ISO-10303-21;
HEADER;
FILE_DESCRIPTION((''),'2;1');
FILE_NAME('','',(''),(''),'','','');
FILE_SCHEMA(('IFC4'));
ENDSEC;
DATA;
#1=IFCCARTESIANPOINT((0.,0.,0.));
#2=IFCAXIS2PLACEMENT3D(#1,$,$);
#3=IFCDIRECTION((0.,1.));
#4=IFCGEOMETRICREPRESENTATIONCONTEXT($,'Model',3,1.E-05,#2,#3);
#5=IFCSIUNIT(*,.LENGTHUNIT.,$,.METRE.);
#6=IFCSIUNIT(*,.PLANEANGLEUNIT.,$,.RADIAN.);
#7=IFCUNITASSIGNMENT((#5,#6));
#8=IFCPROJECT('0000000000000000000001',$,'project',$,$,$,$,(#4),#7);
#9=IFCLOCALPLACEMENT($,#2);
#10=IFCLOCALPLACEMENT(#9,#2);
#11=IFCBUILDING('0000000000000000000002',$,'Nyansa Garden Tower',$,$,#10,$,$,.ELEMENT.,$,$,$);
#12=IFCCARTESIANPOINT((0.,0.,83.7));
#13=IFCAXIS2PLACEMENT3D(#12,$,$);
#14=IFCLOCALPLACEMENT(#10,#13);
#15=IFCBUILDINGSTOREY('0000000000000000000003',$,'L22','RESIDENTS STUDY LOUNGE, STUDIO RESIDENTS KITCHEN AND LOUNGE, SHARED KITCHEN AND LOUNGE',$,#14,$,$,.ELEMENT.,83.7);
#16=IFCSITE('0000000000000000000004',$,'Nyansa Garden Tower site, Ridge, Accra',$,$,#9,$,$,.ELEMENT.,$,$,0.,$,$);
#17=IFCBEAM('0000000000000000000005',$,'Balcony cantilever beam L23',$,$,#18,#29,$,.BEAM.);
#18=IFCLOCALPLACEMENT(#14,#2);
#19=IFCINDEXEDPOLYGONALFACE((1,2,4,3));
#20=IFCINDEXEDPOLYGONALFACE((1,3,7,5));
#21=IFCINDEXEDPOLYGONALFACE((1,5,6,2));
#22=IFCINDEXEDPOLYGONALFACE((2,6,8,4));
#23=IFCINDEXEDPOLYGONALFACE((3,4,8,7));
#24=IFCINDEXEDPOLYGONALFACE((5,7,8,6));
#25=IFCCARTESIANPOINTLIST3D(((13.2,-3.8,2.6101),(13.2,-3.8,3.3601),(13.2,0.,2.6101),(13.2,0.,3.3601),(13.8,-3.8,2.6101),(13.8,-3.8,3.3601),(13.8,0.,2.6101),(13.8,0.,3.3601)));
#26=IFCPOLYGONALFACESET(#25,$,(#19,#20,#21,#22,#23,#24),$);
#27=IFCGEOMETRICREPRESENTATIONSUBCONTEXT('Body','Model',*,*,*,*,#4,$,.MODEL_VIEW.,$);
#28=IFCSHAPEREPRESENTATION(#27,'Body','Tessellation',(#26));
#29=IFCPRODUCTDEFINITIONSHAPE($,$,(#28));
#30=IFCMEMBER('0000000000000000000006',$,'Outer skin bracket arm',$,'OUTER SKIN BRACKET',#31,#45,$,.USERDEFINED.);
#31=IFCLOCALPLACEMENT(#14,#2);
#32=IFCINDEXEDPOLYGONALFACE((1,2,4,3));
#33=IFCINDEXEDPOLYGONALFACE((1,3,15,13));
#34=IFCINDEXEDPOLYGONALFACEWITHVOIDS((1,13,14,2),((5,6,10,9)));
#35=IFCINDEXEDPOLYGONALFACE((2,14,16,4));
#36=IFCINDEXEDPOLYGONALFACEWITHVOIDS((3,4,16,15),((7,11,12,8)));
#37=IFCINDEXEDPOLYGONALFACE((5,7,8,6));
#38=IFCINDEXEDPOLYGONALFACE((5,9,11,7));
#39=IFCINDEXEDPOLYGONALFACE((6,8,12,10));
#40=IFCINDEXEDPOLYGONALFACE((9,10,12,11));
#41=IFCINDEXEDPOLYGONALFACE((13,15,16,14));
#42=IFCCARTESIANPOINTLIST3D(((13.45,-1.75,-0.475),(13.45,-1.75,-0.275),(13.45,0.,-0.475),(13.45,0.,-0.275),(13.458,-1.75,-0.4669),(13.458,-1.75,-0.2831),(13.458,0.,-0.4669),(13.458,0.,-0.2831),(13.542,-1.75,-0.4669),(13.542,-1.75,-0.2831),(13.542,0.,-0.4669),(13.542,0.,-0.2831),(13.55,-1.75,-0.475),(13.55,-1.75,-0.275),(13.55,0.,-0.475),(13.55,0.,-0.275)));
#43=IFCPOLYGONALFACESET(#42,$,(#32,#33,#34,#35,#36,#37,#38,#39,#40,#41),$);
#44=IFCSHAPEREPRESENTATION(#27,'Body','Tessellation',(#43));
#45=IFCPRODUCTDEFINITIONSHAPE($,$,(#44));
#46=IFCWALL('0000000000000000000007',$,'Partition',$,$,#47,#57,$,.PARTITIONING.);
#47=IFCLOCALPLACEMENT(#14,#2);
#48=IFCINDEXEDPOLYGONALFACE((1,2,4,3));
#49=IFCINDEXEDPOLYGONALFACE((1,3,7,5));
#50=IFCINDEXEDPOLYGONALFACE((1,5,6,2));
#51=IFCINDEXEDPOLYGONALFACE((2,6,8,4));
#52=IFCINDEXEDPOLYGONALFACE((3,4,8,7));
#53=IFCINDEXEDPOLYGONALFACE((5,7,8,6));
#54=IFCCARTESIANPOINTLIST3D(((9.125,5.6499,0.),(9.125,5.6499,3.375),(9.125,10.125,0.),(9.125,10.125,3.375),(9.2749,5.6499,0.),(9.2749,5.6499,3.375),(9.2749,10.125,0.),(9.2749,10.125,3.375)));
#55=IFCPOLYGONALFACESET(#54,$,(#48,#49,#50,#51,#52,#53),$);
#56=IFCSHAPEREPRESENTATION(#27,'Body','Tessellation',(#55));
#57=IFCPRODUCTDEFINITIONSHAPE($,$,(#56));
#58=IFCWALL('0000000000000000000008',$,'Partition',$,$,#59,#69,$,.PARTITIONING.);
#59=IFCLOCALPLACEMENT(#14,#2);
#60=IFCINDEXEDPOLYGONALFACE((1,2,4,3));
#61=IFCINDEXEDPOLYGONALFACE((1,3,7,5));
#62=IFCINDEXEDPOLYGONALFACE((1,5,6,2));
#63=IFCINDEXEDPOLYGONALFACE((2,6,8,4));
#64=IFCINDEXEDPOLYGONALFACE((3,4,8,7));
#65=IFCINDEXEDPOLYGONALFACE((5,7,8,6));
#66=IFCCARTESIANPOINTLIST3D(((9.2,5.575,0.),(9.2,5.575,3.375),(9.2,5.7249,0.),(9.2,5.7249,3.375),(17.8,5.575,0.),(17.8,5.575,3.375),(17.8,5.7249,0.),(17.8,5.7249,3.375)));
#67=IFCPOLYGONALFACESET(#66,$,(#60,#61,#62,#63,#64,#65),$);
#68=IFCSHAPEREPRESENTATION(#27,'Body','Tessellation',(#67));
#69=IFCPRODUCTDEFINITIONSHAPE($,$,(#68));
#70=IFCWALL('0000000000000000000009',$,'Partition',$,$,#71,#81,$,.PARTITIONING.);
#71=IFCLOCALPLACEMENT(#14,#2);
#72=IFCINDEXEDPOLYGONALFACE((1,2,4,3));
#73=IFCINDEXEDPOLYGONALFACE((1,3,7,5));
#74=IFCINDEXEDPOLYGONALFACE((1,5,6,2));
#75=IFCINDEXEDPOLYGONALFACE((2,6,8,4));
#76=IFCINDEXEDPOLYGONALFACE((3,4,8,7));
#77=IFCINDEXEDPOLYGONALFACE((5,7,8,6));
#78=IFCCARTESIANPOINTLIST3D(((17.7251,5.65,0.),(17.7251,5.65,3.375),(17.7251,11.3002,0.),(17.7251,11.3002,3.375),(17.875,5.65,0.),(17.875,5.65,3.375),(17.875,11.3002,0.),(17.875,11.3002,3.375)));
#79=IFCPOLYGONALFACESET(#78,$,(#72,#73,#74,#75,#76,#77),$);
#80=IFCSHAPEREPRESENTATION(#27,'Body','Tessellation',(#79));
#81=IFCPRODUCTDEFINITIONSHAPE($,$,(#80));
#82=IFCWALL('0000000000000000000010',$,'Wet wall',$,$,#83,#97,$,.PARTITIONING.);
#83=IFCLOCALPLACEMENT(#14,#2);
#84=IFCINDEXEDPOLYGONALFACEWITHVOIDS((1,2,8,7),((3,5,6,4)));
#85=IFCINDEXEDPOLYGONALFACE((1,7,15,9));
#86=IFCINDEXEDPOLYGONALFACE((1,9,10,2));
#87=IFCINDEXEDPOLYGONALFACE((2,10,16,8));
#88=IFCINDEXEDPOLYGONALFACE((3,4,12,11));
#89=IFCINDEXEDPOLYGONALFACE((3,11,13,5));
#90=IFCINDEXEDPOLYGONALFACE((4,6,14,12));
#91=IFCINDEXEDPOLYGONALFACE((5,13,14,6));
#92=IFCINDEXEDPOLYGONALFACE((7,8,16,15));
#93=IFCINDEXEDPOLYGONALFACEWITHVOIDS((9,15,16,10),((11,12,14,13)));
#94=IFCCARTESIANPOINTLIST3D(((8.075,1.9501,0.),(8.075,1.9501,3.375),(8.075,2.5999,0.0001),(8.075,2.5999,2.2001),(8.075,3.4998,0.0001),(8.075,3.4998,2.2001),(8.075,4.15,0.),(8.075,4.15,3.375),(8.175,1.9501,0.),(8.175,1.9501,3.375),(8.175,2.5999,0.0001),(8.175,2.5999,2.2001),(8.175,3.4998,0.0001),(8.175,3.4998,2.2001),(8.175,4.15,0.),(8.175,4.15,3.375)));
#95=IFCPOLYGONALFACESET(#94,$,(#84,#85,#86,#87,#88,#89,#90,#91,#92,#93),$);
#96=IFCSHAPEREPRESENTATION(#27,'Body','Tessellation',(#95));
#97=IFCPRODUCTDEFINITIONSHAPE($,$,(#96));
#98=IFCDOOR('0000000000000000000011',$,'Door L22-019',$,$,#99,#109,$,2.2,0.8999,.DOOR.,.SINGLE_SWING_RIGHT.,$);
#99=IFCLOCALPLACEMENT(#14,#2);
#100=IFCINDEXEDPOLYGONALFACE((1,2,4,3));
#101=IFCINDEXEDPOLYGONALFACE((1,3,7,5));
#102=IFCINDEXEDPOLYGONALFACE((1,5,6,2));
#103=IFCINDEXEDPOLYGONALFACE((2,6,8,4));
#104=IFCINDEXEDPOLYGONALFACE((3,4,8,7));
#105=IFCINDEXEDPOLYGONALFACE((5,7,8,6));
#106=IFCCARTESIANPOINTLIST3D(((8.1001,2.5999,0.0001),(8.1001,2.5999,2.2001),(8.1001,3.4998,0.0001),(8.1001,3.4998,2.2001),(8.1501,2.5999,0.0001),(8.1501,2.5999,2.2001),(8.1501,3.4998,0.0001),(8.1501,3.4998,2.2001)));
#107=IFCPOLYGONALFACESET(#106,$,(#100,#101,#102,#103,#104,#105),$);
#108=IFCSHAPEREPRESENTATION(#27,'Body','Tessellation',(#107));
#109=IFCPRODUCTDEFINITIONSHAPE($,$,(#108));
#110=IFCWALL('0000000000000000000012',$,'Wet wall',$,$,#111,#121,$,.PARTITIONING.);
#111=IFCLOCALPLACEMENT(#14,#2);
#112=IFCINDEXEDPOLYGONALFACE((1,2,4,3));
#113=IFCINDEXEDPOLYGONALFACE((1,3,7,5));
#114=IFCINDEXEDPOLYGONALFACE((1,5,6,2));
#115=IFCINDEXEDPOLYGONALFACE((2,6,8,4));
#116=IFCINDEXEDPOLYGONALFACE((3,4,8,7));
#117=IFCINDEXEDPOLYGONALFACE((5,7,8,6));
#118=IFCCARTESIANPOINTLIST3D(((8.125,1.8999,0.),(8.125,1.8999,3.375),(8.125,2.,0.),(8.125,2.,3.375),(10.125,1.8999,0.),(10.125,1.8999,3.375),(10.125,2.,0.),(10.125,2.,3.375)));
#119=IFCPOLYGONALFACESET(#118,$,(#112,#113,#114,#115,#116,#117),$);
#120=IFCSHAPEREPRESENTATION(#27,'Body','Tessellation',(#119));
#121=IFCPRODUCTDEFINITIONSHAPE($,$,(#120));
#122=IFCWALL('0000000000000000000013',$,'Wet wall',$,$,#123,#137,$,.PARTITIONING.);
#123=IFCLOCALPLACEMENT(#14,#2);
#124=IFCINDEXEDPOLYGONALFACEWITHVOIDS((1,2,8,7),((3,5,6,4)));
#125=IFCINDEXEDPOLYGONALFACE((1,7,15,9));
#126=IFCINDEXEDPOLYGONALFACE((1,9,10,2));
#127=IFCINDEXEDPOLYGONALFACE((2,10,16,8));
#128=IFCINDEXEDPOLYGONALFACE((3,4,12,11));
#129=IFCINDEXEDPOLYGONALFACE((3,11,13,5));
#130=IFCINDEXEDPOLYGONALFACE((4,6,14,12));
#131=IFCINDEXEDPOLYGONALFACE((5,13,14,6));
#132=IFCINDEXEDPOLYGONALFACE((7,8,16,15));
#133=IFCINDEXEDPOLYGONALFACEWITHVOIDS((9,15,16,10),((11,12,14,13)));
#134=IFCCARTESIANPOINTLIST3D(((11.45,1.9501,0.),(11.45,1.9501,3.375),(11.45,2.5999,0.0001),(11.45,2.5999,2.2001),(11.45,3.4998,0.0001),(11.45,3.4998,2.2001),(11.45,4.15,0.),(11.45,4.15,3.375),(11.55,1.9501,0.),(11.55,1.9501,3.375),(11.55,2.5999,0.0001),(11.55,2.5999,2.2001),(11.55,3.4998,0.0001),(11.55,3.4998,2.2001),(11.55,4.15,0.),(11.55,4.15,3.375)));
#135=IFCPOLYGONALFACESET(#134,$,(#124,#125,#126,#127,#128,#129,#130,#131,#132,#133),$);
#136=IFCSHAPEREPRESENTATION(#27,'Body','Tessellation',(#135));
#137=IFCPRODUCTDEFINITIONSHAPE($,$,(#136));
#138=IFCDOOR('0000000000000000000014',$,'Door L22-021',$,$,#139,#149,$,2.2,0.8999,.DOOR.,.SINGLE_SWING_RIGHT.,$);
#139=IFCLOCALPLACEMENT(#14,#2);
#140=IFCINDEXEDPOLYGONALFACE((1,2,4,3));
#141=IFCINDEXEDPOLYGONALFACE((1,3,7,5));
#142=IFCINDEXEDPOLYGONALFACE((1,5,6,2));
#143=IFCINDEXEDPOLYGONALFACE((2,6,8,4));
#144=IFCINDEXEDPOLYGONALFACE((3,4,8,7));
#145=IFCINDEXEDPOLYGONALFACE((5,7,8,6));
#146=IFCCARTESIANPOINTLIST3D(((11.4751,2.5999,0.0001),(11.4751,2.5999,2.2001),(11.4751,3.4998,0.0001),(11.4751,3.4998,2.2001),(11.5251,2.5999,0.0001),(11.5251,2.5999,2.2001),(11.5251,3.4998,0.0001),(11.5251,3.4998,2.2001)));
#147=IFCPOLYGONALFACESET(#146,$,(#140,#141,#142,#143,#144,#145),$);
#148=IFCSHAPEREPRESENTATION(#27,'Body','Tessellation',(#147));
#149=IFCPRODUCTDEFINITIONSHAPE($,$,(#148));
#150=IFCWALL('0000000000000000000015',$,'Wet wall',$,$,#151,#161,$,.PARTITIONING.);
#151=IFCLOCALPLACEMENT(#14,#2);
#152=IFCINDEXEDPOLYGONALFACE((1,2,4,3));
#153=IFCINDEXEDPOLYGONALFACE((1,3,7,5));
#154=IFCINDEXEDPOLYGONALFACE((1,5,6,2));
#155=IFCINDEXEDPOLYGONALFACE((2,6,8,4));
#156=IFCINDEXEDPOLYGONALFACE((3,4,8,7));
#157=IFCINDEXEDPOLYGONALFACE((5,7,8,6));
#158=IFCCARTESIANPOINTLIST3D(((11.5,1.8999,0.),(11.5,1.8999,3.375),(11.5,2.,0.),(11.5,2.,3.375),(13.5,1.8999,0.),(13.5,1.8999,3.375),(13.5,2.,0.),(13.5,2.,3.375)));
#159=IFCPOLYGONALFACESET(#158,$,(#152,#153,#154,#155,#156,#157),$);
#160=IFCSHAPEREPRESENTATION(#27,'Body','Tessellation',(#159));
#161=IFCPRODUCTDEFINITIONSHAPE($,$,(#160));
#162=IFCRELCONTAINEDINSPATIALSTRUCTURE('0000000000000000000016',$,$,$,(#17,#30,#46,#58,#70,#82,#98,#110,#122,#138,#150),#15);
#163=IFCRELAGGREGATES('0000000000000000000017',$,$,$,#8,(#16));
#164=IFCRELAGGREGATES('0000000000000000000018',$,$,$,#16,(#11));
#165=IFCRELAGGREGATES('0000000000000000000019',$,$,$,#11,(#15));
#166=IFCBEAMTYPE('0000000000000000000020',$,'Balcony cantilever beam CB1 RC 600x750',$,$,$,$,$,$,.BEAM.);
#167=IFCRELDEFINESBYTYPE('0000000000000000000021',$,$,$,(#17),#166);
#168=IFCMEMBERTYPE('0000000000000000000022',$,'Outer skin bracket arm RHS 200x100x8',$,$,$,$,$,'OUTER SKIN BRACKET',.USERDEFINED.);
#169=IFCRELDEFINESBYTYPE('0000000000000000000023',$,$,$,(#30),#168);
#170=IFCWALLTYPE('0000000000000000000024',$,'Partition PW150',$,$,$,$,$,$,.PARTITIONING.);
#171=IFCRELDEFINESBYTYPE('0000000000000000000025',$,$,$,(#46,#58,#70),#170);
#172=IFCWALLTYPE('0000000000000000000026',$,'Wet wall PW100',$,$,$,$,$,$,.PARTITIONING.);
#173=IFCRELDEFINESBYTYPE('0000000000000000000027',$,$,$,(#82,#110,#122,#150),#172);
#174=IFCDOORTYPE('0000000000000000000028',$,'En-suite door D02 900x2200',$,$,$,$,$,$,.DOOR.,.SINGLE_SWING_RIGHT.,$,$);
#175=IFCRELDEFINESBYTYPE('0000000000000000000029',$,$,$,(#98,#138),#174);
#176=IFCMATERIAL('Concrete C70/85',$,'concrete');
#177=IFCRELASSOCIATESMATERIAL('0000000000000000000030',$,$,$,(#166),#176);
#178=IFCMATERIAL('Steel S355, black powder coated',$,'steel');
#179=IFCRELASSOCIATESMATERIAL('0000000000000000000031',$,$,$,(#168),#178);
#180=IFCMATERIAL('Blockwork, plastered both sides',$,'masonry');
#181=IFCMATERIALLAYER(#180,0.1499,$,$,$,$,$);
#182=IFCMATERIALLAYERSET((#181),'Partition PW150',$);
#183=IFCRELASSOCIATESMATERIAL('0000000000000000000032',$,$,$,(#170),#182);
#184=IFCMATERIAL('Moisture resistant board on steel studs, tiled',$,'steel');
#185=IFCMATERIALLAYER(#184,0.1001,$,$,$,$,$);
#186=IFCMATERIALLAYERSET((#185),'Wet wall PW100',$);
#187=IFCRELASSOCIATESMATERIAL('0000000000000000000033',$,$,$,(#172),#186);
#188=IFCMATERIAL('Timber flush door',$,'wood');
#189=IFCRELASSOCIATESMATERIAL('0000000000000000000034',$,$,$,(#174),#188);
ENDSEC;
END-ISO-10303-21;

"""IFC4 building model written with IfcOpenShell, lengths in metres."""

from ifc_helpers import new_model, si_unit, direction, frame, frame_2d, origin, origin_2d, place, context, subcontext, project, spatial, rectangle, hollow_rectangle, extrude, material, layer, layer_set, material_profile, profile_set, type_object, element, fill, save


model = new_model("IFC4")

# Units and contexts
model_context = context("Model", 3, precision=1e-05, world=origin(), true_north=direction((0.0, 1.0)))
body_context = subcontext(model_context, "Body", "Model", "MODEL_VIEW")
ifc_project = project(units=[si_unit("LENGTHUNIT", "METRE"), si_unit("PLANEANGLEUNIT", "RADIAN")], contexts=[model_context])

# Site, building, storey
site_placement = place(None, origin())
site = spatial("IfcSite", under=ifc_project, at=site_placement, Name="Nyansa Garden Tower site, Ridge, Accra", CompositionType="ELEMENT", RefElevation=0.0)
building_placement = place(site_placement, origin())
building = spatial("IfcBuilding", under=site, at=building_placement, Name="Nyansa Garden Tower", CompositionType="ELEMENT")
storey_placement = place(building_placement, frame((0.0, 0.0, 83.7)))
storey = spatial("IfcBuildingStorey", under=building, at=storey_placement, Name="L22", Description="RESIDENTS STUDY LOUNGE, STUDIO RESIDENTS KITCHEN AND LOUNGE, SHARED KITCHEN AND LOUNGE", CompositionType="ELEMENT", Elevation=83.7)

# Beam
ifc_material_1 = material(Name="Concrete C70/85", Category="concrete")
ifc_material_profile_1 = material_profile(ifc_material_1, rectangle(XDim=0.6001, YDim=0.75, at=origin_2d()), Name="RC 600x750")
ifc_profile_set_1 = profile_set([ifc_material_profile_1], Name="Concrete C70/85")
beam_type = type_object("IfcBeamType", Name="Balcony cantilever beam CB1 RC 600x750", PredefinedType="BEAM", material=ifc_profile_set_1)
beam_placement = place(storey_placement, frame((13.5, 0.0, 2.9851), z_axis=(0.0, -1.0, 0.0), x_axis=(1.0, 0.0, 0.0)))
element("IfcBeam", 1, at=beam_placement, inside=storey, type_object=beam_type, Name="Balcony cantilever beam L23", PredefinedType="BEAM", context=body_context, shape_type="SweptSolid", body=[
    extrude(rectangle(XDim=0.6001, YDim=0.75, at=origin_2d()), origin(), (0.0, 0.0, 1.0), 3.8),
])

# Member
ifc_material_2 = material(Name="Steel S355, black powder coated", Category="steel")
ifc_material_profile_2 = material_profile(ifc_material_2, hollow_rectangle(XDim=0.1001, YDim=0.2, WallThickness=0.0081, at=origin_2d()), Name="RHS 200x100x8")
ifc_profile_set_2 = profile_set([ifc_material_profile_2], Name="Steel S355, black powder coated")
member_type = type_object("IfcMemberType", Name="Outer skin bracket arm RHS 200x100x8", ElementType="OUTER SKIN BRACKET", PredefinedType="USERDEFINED", material=ifc_profile_set_2)
member_placement = place(storey_placement, frame((13.5, 0.0, -0.375), z_axis=(0.0, -1.0, 0.0), x_axis=(1.0, 0.0, 0.0)))
element("IfcMember", 2, at=member_placement, inside=storey, type_object=member_type, Name="Outer skin bracket arm", ObjectType="OUTER SKIN BRACKET", PredefinedType="USERDEFINED", context=body_context, shape_type="SweptSolid", body=[
    extrude(hollow_rectangle(XDim=0.1001, YDim=0.2, WallThickness=0.0081, at=origin_2d()), origin(), (0.0, 0.0, 1.0), 1.75),
])

# Walls
ifc_material_3 = material(Name="Blockwork, plastered both sides", Category="masonry")
ifc_layer_1 = layer(ifc_material_3, 0.1499)
ifc_layer_set_1 = layer_set([ifc_layer_1], Name="Partition PW150")
wall_type_1 = type_object("IfcWallType", Name="Partition PW150", PredefinedType="PARTITIONING", material=ifc_layer_set_1)
wall_1_placement = place(storey_placement, frame((9.2, 5.6499, 0.0), z_axis=(0.0, 0.0, 1.0), x_axis=(0.0, 1.0, 0.0)))
element("IfcWall", 3, at=wall_1_placement, inside=storey, type_object=wall_type_1, Name="Partition", PredefinedType="PARTITIONING", context=body_context, shape_type="SweptSolid", body=[
    extrude(rectangle(XDim=4.4751, YDim=0.1499, at=frame_2d((2.2375, 0.0))), origin(), (0.0, 0.0, 1.0), 3.375),
])
wall_2_placement = place(storey_placement, frame((9.2, 5.6499, 0.0), z_axis=(0.0, 0.0, 1.0), x_axis=(1.0, 0.0, 0.0)))
element("IfcWall", 4, at=wall_2_placement, inside=storey, type_object=wall_type_1, Name="Partition", PredefinedType="PARTITIONING", context=body_context, shape_type="SweptSolid", body=[
    extrude(rectangle(XDim=8.6001, YDim=0.1499, at=frame_2d((4.3, 0.0))), origin(), (0.0, 0.0, 1.0), 3.375),
])
wall_3_placement = place(storey_placement, frame((17.8, 5.6499, 0.0), z_axis=(0.0, 0.0, 1.0), x_axis=(0.0, 1.0, 0.0)))
element("IfcWall", 5, at=wall_3_placement, inside=storey, type_object=wall_type_1, Name="Partition", PredefinedType="PARTITIONING", context=body_context, shape_type="SweptSolid", body=[
    extrude(rectangle(XDim=5.6501, YDim=0.1499, at=frame_2d((2.8252, 0.0))), origin(), (0.0, 0.0, 1.0), 3.375),
])

# Wall, opening, door
ifc_material_4 = material(Name="Moisture resistant board on steel studs, tiled", Category="steel")
ifc_layer_2 = layer(ifc_material_4, 0.1001)
ifc_layer_set_2 = layer_set([ifc_layer_2], Name="Wet wall PW100")
wall_type_2 = type_object("IfcWallType", Name="Wet wall PW100", PredefinedType="PARTITIONING", material=ifc_layer_set_2)
wall_4_placement = place(storey_placement, frame((8.125, 1.95, 0.0), z_axis=(0.0, 0.0, 1.0), x_axis=(0.0, 1.0, 0.0)))
wall_4 = element("IfcWall", 6, at=wall_4_placement, inside=storey, type_object=wall_type_2, Name="Wet wall", PredefinedType="PARTITIONING", context=body_context, shape_type="SweptSolid", body=[
    extrude(rectangle(XDim=2.2, YDim=0.1001, at=frame_2d((1.1001, 0.0))), origin(), (0.0, 0.0, 1.0), 3.375),
])
opening_1_placement = place(wall_4_placement, frame((0.6499, 0.0, 0.0)))
opening_1 = element("IfcOpeningElement", 7, at=opening_1_placement, cuts=wall_4, PredefinedType="OPENING", context=body_context, shape_type="SweptSolid", body=[
    extrude(rectangle(XDim=0.8999, YDim=2.2, at=frame_2d((0.45, 1.1001))), frame((0.0, 0.0601, 0.0), z_axis=(0.0, -1.0, 0.0), x_axis=(1.0, 0.0, 0.0)), (0.0, 0.0, 1.0), 0.1201),
])
ifc_material_5 = material(Name="Timber flush door", Category="wood")
door_type = type_object("IfcDoorType", Name="En-suite door D02 900x2200", OperationType="SINGLE_SWING_RIGHT", PredefinedType="DOOR", material=ifc_material_5)
door_1_placement = place(opening_1_placement, origin())
door_1 = element("IfcDoor", 8, at=door_1_placement, inside=storey, type_object=door_type, Name="Door L22-019", OperationType="SINGLE_SWING_RIGHT", OverallHeight=2.2, OverallWidth=0.8999, PredefinedType="DOOR", context=body_context, shape_type="SweptSolid", body=[
    extrude(rectangle(XDim=0.8999, YDim=2.2, at=frame_2d((0.45, 1.1001))), frame((0.0, 0.0249, 0.0), z_axis=(0.0, -1.0, 0.0), x_axis=(1.0, 0.0, 0.0)), (0.0, 0.0, 1.0), 0.05),
])
fill(opening_1, door_1)

# Wall
wall_5_placement = place(storey_placement, frame((8.125, 1.95, 0.0), z_axis=(0.0, 0.0, 1.0), x_axis=(1.0, 0.0, 0.0)))
element("IfcWall", 9, at=wall_5_placement, inside=storey, type_object=wall_type_2, Name="Wet wall", PredefinedType="PARTITIONING", context=body_context, shape_type="SweptSolid", body=[
    extrude(rectangle(XDim=2.0, YDim=0.1001, at=frame_2d((1.0, 0.0))), origin(), (0.0, 0.0, 1.0), 3.375),
])

# Wall, opening, door
wall_6_placement = place(storey_placement, frame((11.5, 1.95, 0.0), z_axis=(0.0, 0.0, 1.0), x_axis=(0.0, 1.0, 0.0)))
wall_6 = element("IfcWall", 10, at=wall_6_placement, inside=storey, type_object=wall_type_2, Name="Wet wall", PredefinedType="PARTITIONING", context=body_context, shape_type="SweptSolid", body=[
    extrude(rectangle(XDim=2.2, YDim=0.1001, at=frame_2d((1.1001, 0.0))), origin(), (0.0, 0.0, 1.0), 3.375),
])
opening_2_placement = place(wall_6_placement, frame((0.6499, 0.0, 0.0)))
opening_2 = element("IfcOpeningElement", 11, at=opening_2_placement, cuts=wall_6, PredefinedType="OPENING", context=body_context, shape_type="SweptSolid", body=[
    extrude(rectangle(XDim=0.8999, YDim=2.2, at=frame_2d((0.45, 1.1001))), frame((0.0, 0.0601, 0.0), z_axis=(0.0, -1.0, 0.0), x_axis=(1.0, 0.0, 0.0)), (0.0, 0.0, 1.0), 0.1201),
])
door_2_placement = place(opening_2_placement, origin())
door_2 = element("IfcDoor", 12, at=door_2_placement, inside=storey, type_object=door_type, Name="Door L22-021", OperationType="SINGLE_SWING_RIGHT", OverallHeight=2.2, OverallWidth=0.8999, PredefinedType="DOOR", context=body_context, shape_type="SweptSolid", body=[
    extrude(rectangle(XDim=0.8999, YDim=2.2, at=frame_2d((0.45, 1.1001))), frame((0.0, 0.0249, 0.0), z_axis=(0.0, -1.0, 0.0), x_axis=(1.0, 0.0, 0.0)), (0.0, 0.0, 1.0), 0.05),
])
fill(opening_2, door_2)

# Wall
wall_7_placement = place(storey_placement, frame((11.5, 1.95, 0.0), z_axis=(0.0, 0.0, 1.0), x_axis=(1.0, 0.0, 0.0)))
element("IfcWall", 13, at=wall_7_placement, inside=storey, type_object=wall_type_2, Name="Wet wall", PredefinedType="PARTITIONING", context=body_context, shape_type="SweptSolid", body=[
    extrude(rectangle(XDim=2.0, YDim=0.1001, at=frame_2d((1.0, 0.0))), origin(), (0.0, 0.0, 1.0), 3.375),
])

save(model, "model.ifc")
